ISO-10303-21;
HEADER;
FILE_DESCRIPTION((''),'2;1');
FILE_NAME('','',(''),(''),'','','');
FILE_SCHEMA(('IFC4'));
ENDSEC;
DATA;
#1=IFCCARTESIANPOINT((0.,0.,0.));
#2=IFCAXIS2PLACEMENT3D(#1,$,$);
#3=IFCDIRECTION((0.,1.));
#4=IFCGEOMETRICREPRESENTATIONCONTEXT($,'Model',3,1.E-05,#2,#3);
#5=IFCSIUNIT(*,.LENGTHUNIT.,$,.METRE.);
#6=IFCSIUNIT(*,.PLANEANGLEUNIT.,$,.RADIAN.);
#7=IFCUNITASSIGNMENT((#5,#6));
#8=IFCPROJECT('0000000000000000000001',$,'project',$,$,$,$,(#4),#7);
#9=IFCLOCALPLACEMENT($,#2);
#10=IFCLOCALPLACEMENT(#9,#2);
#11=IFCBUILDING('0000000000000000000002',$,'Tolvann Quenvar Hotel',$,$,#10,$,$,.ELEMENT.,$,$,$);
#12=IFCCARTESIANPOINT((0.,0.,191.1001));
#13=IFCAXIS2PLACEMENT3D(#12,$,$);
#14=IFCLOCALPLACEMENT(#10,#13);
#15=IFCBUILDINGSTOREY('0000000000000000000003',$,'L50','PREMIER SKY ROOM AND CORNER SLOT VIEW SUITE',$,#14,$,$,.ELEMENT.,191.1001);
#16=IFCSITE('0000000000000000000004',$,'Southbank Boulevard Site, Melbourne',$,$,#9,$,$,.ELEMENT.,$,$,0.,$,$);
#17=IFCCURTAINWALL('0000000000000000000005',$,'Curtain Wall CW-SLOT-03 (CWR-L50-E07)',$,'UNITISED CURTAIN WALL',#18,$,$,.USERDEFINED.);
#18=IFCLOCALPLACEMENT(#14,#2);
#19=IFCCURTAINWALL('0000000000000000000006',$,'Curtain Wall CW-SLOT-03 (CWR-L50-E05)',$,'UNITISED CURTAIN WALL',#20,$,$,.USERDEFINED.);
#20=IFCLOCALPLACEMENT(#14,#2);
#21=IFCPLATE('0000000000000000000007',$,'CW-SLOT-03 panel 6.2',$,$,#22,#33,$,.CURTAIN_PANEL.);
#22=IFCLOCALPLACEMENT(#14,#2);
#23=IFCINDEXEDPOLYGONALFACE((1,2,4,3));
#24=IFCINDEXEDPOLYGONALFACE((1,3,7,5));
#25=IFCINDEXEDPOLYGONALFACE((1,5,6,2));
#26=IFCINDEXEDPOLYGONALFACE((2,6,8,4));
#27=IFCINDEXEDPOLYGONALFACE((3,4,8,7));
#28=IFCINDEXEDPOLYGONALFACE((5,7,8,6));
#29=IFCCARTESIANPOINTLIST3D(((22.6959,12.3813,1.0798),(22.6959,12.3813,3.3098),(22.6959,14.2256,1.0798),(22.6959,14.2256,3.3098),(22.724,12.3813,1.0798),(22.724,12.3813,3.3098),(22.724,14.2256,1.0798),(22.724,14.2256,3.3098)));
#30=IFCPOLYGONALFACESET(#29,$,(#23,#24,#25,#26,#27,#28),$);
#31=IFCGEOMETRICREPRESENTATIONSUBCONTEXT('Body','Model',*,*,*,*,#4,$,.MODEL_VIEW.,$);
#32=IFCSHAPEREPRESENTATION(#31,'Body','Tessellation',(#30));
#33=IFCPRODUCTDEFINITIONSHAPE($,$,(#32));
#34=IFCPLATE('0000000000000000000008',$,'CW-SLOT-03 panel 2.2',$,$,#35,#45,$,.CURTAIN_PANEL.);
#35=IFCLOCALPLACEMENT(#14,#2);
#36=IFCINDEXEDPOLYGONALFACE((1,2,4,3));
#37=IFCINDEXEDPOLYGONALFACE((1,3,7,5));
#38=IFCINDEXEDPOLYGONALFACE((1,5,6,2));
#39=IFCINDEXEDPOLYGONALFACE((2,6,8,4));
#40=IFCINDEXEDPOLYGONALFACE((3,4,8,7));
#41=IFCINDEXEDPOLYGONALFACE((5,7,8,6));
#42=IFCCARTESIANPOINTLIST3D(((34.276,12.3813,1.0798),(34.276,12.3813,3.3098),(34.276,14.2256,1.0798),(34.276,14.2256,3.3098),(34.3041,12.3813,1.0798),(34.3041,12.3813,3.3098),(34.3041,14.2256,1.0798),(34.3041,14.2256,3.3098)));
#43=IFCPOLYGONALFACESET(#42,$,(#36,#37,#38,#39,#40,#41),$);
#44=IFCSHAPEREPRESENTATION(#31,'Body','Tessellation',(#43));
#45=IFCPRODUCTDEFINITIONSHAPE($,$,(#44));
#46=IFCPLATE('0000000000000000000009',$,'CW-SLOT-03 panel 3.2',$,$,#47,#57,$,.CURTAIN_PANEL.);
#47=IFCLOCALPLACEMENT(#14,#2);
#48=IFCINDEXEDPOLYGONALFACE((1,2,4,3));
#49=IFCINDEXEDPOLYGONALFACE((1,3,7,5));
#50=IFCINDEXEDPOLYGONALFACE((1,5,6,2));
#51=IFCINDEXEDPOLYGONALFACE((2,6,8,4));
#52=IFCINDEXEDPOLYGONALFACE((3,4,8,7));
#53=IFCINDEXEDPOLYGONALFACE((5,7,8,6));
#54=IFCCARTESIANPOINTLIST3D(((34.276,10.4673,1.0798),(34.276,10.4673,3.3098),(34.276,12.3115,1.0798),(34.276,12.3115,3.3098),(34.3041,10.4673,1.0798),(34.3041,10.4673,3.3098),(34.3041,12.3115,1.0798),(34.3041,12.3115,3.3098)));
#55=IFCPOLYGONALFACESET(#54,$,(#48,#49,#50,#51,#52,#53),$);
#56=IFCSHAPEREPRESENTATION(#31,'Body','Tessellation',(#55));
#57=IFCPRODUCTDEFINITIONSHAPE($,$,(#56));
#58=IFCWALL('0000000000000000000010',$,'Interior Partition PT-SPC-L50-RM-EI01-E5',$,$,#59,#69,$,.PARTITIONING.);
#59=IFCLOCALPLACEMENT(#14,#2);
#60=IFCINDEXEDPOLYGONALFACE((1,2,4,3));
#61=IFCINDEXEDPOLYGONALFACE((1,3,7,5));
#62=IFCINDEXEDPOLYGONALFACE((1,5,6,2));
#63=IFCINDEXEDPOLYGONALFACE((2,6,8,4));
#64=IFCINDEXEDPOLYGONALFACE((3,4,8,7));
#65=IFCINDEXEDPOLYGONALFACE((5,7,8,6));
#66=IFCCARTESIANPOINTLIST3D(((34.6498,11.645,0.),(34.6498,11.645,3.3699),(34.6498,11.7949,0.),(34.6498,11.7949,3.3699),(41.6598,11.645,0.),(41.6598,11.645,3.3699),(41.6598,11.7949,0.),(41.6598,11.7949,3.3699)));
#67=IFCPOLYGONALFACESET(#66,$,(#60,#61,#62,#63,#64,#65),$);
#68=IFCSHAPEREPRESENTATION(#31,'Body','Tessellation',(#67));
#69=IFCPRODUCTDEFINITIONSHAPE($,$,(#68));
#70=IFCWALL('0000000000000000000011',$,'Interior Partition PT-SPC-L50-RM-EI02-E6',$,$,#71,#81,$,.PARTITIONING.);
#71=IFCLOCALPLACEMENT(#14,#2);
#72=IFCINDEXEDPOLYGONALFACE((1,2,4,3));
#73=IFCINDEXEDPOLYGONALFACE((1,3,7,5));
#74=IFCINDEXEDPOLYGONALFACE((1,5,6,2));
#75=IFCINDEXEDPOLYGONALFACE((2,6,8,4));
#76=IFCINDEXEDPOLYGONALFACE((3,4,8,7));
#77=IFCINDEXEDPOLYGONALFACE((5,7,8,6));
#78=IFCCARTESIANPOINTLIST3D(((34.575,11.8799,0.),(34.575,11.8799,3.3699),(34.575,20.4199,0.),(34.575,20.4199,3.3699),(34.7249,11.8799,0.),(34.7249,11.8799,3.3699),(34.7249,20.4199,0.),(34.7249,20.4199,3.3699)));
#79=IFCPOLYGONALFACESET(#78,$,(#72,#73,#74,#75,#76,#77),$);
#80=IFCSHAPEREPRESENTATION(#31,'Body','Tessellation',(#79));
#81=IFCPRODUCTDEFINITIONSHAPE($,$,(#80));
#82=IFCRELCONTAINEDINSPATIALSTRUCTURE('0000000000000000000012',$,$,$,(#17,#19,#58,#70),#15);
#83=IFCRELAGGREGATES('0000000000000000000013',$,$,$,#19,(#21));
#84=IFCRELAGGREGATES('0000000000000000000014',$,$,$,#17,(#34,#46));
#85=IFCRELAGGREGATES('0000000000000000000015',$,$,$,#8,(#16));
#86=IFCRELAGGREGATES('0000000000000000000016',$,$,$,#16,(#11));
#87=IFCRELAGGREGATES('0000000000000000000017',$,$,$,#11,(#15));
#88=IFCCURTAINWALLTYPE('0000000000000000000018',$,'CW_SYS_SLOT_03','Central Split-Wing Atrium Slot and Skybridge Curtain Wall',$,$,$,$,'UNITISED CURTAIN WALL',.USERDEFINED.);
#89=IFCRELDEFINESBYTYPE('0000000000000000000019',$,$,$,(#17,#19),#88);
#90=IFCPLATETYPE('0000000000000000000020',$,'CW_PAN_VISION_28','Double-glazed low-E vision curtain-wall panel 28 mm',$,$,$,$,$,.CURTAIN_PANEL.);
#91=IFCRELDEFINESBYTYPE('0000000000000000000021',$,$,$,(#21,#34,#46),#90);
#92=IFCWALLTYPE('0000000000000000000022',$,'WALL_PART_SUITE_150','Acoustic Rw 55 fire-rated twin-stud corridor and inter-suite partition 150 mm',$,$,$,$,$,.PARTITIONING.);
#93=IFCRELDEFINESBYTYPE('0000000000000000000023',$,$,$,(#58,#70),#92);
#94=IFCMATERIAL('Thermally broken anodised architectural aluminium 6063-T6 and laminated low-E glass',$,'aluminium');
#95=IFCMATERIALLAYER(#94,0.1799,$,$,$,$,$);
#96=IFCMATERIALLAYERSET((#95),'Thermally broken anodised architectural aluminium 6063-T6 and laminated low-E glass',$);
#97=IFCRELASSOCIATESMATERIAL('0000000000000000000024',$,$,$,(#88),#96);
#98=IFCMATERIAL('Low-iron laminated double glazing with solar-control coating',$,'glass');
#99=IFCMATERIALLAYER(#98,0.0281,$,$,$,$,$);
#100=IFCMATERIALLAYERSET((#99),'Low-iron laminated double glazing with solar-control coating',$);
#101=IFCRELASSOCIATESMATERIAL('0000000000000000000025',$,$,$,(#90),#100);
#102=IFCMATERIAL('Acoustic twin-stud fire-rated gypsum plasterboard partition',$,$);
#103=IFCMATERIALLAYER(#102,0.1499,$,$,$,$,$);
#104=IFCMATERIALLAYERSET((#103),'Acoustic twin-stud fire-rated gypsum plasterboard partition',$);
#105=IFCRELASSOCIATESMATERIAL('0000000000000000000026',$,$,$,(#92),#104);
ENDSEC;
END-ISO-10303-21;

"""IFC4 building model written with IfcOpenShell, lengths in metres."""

from ifc_helpers import new_model, si_unit, direction, frame, frame_2d, origin, origin_2d, place, context, subcontext, project, spatial, rectangle, extrude, source, transform, mapped, material, layer, layer_set, type_object, element, aggregate, save


model = new_model("IFC4")

# Units and contexts
model_context = context("Model", 3, precision=1e-05, world=origin(), true_north=direction((0.0, 1.0)))
body_context = subcontext(model_context, "Body", "Model", "MODEL_VIEW")
ifc_project = project(units=[si_unit("LENGTHUNIT", "METRE"), si_unit("PLANEANGLEUNIT", "RADIAN")], contexts=[model_context])

# Site, building, storey
site_placement = place(None, origin())
site = spatial("IfcSite", under=ifc_project, at=site_placement, Name="Southbank Boulevard Site, Melbourne", CompositionType="ELEMENT", RefElevation=0.0)
building_placement = place(site_placement, origin())
building = spatial("IfcBuilding", under=site, at=building_placement, Name="Tolvann Quenvar Hotel", CompositionType="ELEMENT")
storey_placement = place(building_placement, frame((0.0, 0.0, 191.1001)))
storey = spatial("IfcBuildingStorey", under=building, at=storey_placement, Name="L50", Description="PREMIER SKY ROOM AND CORNER SLOT VIEW SUITE", CompositionType="ELEMENT", Elevation=191.1001)

# Curtain walls
ifc_material_1 = material(Name="Thermally broken anodised architectural aluminium 6063-T6 and laminated low-E glass", Category="aluminium")
ifc_layer_1 = layer(ifc_material_1, 0.1799)
ifc_layer_set_1 = layer_set([ifc_layer_1], Name="Thermally broken anodised architectural aluminium 6063-T6 and laminated low-E glass")
curtain_wall_type = type_object("IfcCurtainWallType", Name="CW_SYS_SLOT_03", Description="Central Split-Wing Atrium Slot and Skybridge Curtain Wall", ElementType="UNITISED CURTAIN WALL", PredefinedType="USERDEFINED", material=ifc_layer_set_1)
curtain_wall_1_placement = place(storey_placement, origin())
curtain_wall_1 = element("IfcCurtainWall", 1, at=curtain_wall_1_placement, inside=storey, type_object=curtain_wall_type, Name="Curtain Wall CW-SLOT-03 (CWR-L50-E07)", ObjectType="UNITISED CURTAIN WALL", PredefinedType="USERDEFINED")
curtain_wall_2_placement = place(storey_placement, origin())
curtain_wall_2 = element("IfcCurtainWall", 2, at=curtain_wall_2_placement, inside=storey, type_object=curtain_wall_type, Name="Curtain Wall CW-SLOT-03 (CWR-L50-E05)", ObjectType="UNITISED CURTAIN WALL", PredefinedType="USERDEFINED")

# Plates
ifc_material_2 = material(Name="Low-iron laminated double glazing with solar-control coating", Category="glass")
ifc_layer_2 = layer(ifc_material_2, 0.0281)
ifc_layer_set_2 = layer_set([ifc_layer_2], Name="Low-iron laminated double glazing with solar-control coating")
plate_type = type_object("IfcPlateType", Name="CW_PAN_VISION_28", Description="Double-glazed low-E vision curtain-wall panel 28 mm", PredefinedType="CURTAIN_PANEL", material=ifc_layer_set_2)
shared_shape_1 = source(origin(), body_context, "Body", "SweptSolid", [
    extrude(rectangle(XDim=1.8442, YDim=0.0281, at=origin_2d()), origin(), (0.0, 0.0, 1.0), 2.23),
])
plate_1_placement = place(storey_placement, frame((22.71, 13.3035, 1.0798), z_axis=(0.0, 0.0, 1.0), x_axis=(0.0, 1.0, 0.0)))
plate_1 = element("IfcPlate", 3, at=plate_1_placement, type_object=plate_type, Name="CW-SLOT-03 panel 6.2", PredefinedType="CURTAIN_PANEL", context=body_context, shape_type="MappedRepresentation", body=[
    mapped(shared_shape_1, transform((0.0, 0.0, 0.0), x_axis=(1.0, 0.0, 0.0), y_axis=(0.0, 1.0, 0.0), z_axis=(0.0, 0.0, 1.0), scale=1.0)),
])
aggregate(curtain_wall_2, [plate_1])
plate_2_placement = place(storey_placement, frame((34.29, 13.3035, 1.0798), z_axis=(0.0, 0.0, 1.0), x_axis=(0.0, -1.0, 0.0)))
plate_2 = element("IfcPlate", 4, at=plate_2_placement, type_object=plate_type, Name="CW-SLOT-03 panel 2.2", PredefinedType="CURTAIN_PANEL", context=body_context, shape_type="MappedRepresentation", body=[
    mapped(shared_shape_1, transform((0.0, 0.0, 0.0), x_axis=(1.0, 0.0, 0.0), y_axis=(0.0, 1.0, 0.0), z_axis=(0.0, 0.0, 1.0), scale=1.0)),
])
plate_3_placement = place(storey_placement, frame((34.29, 11.3894, 1.0798), z_axis=(0.0, 0.0, 1.0), x_axis=(0.0, -1.0, 0.0)))
plate_3 = element("IfcPlate", 5, at=plate_3_placement, type_object=plate_type, Name="CW-SLOT-03 panel 3.2", PredefinedType="CURTAIN_PANEL", context=body_context, shape_type="MappedRepresentation", body=[
    mapped(shared_shape_1, transform((0.0, 0.0, 0.0), x_axis=(1.0, 0.0, 0.0), y_axis=(0.0, 1.0, 0.0), z_axis=(0.0, 0.0, 1.0), scale=1.0)),
])
aggregate(curtain_wall_1, [plate_2, plate_3])

# Walls
ifc_material_3 = material(Name="Acoustic twin-stud fire-rated gypsum plasterboard partition")
ifc_layer_3 = layer(ifc_material_3, 0.1499)
ifc_layer_set_3 = layer_set([ifc_layer_3], Name="Acoustic twin-stud fire-rated gypsum plasterboard partition")
wall_type = type_object("IfcWallType", Name="WALL_PART_SUITE_150", Description="Acoustic Rw 55 fire-rated twin-stud corridor and inter-suite partition 150 mm", PredefinedType="PARTITIONING", material=ifc_layer_set_3)
wall_1_placement = place(storey_placement, frame((34.6499, 11.72, 0.0), z_axis=(0.0, 0.0, 1.0), x_axis=(1.0, 0.0, 0.0)))
element("IfcWall", 6, at=wall_1_placement, inside=storey, type_object=wall_type, Name="Interior Partition PT-SPC-L50-RM-EI01-E5", PredefinedType="PARTITIONING", context=body_context, shape_type="SweptSolid", body=[
    extrude(rectangle(XDim=7.01, YDim=0.1499, at=frame_2d((3.5049, 0.0))), origin(), (0.0, 0.0, 1.0), 3.3699),
])
wall_2_placement = place(storey_placement, frame((34.6499, 11.8799, 0.0), z_axis=(0.0, 0.0, 1.0), x_axis=(0.0, 1.0, 0.0)))
element("IfcWall", 7, at=wall_2_placement, inside=storey, type_object=wall_type, Name="Interior Partition PT-SPC-L50-RM-EI02-E6", PredefinedType="PARTITIONING", context=body_context, shape_type="SweptSolid", body=[
    extrude(rectangle(XDim=8.54, YDim=0.1499, at=frame_2d((4.27, 0.0))), origin(), (0.0, 0.0, 1.0), 3.3699),
])

save(model, "model.ifc")
